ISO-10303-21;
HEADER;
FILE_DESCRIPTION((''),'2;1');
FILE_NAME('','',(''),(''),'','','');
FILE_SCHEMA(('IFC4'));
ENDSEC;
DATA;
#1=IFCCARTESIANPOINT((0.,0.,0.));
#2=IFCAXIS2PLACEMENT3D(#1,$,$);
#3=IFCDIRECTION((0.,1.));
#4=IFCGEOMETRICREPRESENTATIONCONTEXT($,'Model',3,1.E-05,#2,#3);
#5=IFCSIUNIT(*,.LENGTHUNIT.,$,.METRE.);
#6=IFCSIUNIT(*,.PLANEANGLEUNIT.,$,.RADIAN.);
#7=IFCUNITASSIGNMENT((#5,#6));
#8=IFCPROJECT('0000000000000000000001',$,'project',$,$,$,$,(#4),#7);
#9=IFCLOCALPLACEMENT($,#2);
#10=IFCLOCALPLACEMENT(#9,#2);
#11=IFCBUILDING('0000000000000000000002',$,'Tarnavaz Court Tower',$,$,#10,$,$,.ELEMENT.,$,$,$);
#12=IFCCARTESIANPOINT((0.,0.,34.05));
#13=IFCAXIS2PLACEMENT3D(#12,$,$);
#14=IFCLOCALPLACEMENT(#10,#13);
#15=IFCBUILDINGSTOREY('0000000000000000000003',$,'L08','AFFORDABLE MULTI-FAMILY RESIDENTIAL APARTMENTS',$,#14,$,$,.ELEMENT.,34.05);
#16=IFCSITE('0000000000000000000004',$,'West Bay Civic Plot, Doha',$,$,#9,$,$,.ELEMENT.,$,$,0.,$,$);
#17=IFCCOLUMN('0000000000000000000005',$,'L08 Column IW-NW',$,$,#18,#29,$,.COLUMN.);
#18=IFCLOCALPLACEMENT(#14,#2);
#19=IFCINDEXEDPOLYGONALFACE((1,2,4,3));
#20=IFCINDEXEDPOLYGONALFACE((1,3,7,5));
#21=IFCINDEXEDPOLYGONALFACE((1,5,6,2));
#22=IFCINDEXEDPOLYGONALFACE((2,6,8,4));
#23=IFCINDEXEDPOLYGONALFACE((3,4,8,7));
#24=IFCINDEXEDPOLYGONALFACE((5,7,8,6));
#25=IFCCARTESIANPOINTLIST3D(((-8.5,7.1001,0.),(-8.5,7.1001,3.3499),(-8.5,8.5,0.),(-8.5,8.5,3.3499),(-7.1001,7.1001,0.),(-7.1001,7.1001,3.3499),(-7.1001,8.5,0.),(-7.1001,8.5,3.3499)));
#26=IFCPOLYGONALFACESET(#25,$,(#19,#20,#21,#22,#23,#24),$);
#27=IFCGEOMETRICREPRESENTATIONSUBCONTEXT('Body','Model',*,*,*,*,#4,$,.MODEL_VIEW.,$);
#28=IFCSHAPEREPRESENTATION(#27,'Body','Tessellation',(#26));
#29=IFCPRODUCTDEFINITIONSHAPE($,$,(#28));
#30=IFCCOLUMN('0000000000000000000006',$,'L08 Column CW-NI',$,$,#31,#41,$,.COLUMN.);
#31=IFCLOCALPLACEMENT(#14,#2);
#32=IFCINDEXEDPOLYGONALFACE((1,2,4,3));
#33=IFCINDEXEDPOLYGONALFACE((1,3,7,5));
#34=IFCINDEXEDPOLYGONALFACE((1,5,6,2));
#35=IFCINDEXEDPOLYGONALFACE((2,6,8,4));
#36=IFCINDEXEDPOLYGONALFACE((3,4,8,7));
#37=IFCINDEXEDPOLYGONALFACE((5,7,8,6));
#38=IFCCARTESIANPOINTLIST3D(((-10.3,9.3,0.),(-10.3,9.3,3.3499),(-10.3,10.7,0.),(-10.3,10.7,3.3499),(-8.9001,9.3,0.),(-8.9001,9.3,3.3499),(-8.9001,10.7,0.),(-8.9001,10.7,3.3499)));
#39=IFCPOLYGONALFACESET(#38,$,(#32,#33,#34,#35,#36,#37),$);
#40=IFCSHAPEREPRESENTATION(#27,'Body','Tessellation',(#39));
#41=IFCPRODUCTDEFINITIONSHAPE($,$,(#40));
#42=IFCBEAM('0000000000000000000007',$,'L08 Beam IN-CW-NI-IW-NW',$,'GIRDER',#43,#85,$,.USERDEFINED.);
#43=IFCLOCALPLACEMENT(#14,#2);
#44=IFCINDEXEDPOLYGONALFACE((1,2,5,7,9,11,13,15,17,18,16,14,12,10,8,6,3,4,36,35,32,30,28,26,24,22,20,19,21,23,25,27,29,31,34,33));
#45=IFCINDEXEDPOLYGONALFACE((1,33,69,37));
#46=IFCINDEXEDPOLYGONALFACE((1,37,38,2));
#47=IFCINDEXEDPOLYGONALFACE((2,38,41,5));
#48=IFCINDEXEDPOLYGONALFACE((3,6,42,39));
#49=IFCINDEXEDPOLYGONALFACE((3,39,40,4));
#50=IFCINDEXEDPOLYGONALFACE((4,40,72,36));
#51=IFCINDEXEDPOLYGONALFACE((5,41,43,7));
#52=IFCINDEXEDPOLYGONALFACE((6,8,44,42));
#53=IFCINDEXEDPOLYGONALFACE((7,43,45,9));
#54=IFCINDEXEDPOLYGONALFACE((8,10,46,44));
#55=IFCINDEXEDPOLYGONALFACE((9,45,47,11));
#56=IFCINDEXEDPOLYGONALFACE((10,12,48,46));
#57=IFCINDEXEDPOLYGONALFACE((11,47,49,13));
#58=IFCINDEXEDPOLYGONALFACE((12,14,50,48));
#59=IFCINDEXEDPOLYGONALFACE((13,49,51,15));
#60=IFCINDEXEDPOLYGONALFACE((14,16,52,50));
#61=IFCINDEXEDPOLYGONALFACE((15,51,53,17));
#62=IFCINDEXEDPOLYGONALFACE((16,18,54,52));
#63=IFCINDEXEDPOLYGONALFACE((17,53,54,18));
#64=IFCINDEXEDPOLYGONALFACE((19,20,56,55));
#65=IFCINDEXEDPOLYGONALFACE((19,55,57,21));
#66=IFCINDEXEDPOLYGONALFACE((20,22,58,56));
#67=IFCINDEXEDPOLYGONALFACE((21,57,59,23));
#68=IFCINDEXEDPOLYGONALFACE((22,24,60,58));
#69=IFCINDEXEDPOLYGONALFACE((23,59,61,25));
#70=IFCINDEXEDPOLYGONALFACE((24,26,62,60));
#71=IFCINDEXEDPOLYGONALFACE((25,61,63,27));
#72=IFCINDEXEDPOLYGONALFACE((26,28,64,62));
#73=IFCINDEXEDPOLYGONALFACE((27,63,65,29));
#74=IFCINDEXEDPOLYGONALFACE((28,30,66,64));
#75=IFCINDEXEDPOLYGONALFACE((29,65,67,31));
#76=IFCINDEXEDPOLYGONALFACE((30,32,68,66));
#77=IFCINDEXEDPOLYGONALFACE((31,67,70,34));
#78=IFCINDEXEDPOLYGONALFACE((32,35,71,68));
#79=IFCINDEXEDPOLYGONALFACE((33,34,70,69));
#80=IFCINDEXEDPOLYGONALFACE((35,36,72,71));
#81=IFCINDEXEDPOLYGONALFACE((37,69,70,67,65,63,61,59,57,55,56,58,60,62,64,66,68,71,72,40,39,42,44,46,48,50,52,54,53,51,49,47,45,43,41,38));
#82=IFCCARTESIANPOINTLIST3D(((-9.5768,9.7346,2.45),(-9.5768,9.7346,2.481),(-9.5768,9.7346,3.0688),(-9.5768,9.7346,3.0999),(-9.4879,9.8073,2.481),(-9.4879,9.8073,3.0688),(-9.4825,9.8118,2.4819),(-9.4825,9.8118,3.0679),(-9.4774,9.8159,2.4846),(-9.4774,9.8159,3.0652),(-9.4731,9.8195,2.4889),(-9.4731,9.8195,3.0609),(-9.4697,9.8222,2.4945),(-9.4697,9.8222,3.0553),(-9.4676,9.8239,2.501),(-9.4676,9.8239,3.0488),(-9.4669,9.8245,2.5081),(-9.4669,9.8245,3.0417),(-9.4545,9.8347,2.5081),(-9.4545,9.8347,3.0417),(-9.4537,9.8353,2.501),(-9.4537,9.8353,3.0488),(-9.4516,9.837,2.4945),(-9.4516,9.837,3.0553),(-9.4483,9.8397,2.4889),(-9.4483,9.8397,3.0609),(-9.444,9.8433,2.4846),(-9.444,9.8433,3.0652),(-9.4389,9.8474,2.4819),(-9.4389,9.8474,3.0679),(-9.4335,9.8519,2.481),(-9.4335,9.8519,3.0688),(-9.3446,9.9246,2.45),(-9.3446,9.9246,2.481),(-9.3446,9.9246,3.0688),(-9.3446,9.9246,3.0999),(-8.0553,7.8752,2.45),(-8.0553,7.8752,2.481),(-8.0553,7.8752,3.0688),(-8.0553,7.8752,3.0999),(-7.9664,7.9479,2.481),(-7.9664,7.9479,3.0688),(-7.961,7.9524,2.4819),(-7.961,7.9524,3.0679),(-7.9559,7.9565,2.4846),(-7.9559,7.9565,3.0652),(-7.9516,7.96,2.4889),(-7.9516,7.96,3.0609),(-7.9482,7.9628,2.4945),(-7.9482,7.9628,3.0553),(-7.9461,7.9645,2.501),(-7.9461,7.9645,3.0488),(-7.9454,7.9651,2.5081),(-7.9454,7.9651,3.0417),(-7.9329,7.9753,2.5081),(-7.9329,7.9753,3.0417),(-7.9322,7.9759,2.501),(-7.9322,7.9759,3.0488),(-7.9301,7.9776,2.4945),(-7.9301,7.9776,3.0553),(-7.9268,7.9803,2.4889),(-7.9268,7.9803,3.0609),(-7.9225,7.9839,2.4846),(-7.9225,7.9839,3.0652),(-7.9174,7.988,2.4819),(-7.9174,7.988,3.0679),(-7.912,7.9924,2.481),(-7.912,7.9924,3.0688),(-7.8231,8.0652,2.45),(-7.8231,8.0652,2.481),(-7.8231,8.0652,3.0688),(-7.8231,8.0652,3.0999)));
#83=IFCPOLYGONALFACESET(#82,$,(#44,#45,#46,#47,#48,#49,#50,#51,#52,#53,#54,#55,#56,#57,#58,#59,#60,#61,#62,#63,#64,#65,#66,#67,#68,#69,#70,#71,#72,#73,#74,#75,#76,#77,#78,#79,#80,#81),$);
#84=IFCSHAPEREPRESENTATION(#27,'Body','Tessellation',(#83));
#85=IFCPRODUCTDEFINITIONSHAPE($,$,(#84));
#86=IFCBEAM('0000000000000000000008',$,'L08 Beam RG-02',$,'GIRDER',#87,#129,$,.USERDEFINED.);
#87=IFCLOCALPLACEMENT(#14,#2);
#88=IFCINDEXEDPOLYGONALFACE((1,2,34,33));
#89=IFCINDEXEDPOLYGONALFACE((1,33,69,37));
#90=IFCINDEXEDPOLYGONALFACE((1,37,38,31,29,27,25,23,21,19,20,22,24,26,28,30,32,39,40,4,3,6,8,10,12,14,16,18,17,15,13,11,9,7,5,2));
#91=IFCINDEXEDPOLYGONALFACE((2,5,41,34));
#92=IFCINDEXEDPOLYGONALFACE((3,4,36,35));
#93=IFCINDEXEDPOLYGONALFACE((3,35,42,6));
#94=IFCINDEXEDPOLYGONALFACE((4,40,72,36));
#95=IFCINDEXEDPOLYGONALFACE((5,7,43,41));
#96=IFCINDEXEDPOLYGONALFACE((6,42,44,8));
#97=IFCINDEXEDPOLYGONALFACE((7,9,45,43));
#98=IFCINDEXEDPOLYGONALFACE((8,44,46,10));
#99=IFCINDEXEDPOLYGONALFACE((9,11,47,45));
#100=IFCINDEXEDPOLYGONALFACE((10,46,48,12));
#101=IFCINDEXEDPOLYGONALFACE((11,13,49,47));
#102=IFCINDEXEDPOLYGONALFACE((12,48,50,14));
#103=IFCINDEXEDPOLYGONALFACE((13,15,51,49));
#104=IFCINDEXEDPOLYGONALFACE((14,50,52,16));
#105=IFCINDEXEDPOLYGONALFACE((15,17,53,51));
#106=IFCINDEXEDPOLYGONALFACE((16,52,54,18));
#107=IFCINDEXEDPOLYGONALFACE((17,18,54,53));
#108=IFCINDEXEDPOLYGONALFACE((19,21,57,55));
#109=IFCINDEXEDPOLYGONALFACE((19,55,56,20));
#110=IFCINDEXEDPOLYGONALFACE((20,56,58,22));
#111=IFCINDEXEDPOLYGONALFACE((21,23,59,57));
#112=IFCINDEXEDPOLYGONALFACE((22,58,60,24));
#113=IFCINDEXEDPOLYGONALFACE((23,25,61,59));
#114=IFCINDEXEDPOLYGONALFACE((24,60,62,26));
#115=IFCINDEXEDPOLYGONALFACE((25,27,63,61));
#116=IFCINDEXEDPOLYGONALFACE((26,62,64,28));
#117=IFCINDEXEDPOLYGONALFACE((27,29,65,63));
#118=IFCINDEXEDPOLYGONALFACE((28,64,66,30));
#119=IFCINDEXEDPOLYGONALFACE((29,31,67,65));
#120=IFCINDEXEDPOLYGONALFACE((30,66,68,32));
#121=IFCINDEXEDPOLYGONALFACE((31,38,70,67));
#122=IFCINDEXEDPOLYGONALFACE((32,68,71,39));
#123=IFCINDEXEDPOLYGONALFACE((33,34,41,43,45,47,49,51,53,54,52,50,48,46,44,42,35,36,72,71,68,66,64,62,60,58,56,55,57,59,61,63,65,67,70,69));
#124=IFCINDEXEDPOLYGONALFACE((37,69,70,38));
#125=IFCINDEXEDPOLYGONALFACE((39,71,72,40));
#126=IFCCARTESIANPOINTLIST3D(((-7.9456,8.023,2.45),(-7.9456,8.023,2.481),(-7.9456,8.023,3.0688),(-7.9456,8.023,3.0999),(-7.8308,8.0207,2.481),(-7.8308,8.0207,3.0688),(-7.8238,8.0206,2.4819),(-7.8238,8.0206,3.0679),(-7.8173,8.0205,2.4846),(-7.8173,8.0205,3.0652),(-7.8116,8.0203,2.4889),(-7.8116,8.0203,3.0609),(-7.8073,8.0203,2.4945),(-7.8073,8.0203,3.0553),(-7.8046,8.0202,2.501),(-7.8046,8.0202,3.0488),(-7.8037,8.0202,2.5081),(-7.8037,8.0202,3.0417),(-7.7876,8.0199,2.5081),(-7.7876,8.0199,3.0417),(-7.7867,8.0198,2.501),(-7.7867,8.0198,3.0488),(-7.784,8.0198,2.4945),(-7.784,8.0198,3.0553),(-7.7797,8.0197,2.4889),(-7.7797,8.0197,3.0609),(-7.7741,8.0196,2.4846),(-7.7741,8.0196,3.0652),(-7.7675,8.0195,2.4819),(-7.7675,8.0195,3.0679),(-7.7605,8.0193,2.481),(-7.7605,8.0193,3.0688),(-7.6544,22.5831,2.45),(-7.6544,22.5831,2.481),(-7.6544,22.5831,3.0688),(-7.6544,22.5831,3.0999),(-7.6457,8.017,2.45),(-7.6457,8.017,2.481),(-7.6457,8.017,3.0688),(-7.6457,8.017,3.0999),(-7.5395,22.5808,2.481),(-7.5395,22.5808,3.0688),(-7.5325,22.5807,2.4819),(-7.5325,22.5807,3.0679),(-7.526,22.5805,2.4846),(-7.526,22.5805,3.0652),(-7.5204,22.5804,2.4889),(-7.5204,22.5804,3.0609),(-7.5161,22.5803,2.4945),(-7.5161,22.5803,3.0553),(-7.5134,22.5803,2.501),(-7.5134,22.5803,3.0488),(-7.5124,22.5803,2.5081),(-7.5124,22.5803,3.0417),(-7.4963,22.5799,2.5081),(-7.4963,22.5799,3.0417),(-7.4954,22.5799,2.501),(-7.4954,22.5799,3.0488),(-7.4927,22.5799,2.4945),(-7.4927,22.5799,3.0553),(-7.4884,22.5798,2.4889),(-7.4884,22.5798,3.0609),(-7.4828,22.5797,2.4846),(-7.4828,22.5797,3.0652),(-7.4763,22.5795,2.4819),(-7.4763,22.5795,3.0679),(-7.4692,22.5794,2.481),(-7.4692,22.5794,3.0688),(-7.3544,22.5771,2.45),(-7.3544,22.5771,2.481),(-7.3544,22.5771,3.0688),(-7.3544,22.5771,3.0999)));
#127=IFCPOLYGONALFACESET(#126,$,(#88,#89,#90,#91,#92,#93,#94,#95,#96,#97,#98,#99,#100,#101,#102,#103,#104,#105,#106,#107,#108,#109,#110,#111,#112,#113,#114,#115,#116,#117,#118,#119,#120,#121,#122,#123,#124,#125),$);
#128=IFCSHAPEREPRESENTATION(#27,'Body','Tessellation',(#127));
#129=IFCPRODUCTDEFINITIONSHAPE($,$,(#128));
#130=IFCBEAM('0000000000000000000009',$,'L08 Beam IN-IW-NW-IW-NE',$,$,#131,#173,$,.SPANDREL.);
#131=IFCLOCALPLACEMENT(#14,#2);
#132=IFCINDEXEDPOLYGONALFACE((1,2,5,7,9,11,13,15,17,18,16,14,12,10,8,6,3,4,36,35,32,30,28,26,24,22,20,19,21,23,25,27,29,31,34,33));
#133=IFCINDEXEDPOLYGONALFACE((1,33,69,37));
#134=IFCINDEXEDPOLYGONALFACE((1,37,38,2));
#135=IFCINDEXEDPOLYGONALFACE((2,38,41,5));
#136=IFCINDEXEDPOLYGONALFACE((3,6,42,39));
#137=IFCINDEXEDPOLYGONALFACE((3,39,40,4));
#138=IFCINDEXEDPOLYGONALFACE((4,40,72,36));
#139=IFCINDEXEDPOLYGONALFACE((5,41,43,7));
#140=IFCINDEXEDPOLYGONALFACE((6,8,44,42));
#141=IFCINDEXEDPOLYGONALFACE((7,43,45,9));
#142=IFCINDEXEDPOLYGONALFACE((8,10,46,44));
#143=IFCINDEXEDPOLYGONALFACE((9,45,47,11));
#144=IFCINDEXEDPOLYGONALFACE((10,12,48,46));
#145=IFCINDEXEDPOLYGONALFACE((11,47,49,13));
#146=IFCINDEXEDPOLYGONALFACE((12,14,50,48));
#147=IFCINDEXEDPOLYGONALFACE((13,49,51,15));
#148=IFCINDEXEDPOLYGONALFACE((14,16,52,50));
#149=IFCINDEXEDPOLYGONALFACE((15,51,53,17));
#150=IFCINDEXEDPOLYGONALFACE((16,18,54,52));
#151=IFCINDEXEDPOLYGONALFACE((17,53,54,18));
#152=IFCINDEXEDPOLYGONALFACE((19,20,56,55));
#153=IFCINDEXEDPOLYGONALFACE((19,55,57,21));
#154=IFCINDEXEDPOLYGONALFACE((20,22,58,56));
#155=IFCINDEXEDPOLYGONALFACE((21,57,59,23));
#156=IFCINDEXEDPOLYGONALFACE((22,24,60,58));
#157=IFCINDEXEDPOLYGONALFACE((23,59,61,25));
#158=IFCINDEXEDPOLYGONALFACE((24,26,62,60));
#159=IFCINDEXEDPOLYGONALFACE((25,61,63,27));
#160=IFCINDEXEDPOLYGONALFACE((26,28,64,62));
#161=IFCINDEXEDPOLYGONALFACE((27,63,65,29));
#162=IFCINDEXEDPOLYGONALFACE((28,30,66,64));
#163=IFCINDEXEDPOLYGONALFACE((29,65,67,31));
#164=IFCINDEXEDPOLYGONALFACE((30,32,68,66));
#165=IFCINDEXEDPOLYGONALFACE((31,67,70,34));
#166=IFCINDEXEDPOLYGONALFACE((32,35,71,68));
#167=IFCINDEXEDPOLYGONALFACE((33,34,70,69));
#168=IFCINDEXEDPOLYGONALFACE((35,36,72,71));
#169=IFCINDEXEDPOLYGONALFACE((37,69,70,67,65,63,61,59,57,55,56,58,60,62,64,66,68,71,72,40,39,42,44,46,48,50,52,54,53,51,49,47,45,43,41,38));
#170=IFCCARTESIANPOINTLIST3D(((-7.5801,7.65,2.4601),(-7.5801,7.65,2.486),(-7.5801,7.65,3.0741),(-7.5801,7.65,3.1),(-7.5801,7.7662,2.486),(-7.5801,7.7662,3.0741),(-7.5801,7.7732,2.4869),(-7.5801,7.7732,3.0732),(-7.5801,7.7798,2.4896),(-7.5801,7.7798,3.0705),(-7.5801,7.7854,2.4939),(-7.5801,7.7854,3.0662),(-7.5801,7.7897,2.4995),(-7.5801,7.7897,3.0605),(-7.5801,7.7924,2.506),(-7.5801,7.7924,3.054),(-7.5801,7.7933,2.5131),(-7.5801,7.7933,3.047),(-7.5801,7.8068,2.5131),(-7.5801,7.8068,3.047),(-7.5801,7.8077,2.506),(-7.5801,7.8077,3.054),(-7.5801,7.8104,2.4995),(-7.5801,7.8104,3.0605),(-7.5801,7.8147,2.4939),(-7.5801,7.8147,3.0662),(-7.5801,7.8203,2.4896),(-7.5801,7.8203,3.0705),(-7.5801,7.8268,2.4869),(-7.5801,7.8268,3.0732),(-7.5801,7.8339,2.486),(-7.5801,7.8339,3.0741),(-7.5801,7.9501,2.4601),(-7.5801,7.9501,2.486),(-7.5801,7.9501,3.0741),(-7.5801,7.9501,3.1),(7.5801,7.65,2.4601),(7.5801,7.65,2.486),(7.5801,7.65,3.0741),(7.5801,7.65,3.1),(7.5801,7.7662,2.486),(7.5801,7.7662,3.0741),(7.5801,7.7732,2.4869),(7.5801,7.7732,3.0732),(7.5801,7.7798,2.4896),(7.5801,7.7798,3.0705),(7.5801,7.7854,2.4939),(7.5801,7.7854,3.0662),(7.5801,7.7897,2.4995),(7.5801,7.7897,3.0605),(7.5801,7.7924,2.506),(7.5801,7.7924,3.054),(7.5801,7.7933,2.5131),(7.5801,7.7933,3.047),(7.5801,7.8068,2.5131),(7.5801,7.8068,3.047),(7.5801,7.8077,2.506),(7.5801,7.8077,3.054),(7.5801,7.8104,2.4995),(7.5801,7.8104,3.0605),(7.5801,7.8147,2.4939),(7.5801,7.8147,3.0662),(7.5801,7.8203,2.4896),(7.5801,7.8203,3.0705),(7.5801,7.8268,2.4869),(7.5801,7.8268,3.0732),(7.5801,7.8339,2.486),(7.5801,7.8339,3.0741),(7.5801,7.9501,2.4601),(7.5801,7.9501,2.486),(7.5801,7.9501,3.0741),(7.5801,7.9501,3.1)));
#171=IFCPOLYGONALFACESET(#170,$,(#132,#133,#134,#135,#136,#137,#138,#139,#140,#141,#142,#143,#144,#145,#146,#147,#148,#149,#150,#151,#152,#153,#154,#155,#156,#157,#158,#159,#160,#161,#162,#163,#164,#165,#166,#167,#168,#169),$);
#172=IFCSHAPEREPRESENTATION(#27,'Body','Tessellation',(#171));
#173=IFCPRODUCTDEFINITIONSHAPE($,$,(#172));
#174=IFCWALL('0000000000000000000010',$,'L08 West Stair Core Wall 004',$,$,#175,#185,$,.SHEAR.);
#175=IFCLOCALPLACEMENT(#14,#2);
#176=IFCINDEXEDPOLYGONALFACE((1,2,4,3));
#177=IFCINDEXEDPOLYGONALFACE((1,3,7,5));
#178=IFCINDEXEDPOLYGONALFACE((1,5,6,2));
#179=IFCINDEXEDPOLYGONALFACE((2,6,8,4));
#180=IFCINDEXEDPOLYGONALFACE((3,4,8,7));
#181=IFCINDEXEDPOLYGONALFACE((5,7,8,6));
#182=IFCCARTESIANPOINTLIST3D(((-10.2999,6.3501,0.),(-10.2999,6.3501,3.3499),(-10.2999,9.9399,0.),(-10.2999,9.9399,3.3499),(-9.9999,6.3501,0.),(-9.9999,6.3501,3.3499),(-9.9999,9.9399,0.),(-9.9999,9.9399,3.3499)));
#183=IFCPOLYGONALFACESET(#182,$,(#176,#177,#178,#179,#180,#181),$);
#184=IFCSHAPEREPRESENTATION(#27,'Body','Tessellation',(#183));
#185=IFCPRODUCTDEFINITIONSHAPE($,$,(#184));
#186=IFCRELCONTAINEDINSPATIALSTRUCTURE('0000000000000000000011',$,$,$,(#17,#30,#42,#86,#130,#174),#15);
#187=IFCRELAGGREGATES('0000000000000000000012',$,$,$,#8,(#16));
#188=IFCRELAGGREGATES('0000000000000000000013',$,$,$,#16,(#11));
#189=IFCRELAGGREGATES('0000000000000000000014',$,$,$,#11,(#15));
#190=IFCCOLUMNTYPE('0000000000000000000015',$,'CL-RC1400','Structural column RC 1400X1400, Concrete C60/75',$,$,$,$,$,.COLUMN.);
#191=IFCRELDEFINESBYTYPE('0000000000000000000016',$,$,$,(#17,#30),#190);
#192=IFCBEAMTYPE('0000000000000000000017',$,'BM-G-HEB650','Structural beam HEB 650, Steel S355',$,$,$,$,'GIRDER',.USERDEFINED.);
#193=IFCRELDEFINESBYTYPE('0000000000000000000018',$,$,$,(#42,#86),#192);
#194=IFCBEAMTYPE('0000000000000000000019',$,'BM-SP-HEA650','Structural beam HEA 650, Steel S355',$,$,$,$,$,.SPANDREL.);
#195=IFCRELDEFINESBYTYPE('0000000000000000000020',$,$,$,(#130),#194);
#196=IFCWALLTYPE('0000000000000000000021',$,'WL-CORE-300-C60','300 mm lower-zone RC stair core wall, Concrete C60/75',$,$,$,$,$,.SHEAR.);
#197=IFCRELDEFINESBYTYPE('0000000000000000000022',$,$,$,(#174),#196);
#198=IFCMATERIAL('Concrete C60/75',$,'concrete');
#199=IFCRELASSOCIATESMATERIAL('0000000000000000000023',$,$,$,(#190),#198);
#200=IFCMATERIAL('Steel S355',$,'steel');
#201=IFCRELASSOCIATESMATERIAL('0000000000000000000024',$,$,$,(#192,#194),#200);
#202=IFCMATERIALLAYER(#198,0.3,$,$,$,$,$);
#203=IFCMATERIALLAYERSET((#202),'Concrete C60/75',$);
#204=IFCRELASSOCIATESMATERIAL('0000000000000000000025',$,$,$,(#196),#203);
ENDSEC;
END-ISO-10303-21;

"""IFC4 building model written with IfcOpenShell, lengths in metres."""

from ifc_helpers import new_model, si_unit, direction, frame, frame_2d, origin, origin_2d, place, context, subcontext, project, spatial, rectangle, i_section, extrude, material, layer, layer_set, material_profile, profile_set, type_object, element, save


model = new_model("IFC4")

# Units and contexts
model_context = context("Model", 3, precision=1e-05, world=origin(), true_north=direction((0.0, 1.0)))
body_context = subcontext(model_context, "Body", "Model", "MODEL_VIEW")
ifc_project = project(units=[si_unit("LENGTHUNIT", "METRE"), si_unit("PLANEANGLEUNIT", "RADIAN")], contexts=[model_context])

# Site, building, storey
site_placement = place(None, origin())
site = spatial("IfcSite", under=ifc_project, at=site_placement, Name="West Bay Civic Plot, Doha", CompositionType="ELEMENT", RefElevation=0.0)
building_placement = place(site_placement, origin())
building = spatial("IfcBuilding", under=site, at=building_placement, Name="Tarnavaz Court Tower", CompositionType="ELEMENT")
storey_placement = place(building_placement, frame((0.0, 0.0, 34.05)))
storey = spatial("IfcBuildingStorey", under=building, at=storey_placement, Name="L08", Description="AFFORDABLE MULTI-FAMILY RESIDENTIAL APARTMENTS", CompositionType="ELEMENT", Elevation=34.05)

# Columns
ifc_material_1 = material(Name="Concrete C60/75", Category="concrete")
ifc_material_profile_1 = material_profile(ifc_material_1, rectangle(XDim=1.3999, YDim=1.3999, at=origin_2d()), Name="RC 1400X1400")
ifc_profile_set_1 = profile_set([ifc_material_profile_1], Name="Concrete C60/75")
column_type = type_object("IfcColumnType", Name="CL-RC1400", Description="Structural column RC 1400X1400, Concrete C60/75", PredefinedType="COLUMN", material=ifc_profile_set_1)
for number, where, z_axis, x_axis, name in (
    (1, (-7.8, 7.8, 0.0), (0.0, 0.0, 1.0), (1.0, 0.0, 0.0), "L08 Column IW-NW"),
    (2, (-9.6001, 10.0, 0.0), (0.0, 0.0, 1.0), (1.0, 0.0, 0.0), "L08 Column CW-NI"),
):
    element("IfcColumn", number, at=place(storey_placement, frame(where, z_axis=z_axis, x_axis=x_axis)), inside=storey, type_object=column_type, Name=name, PredefinedType="COLUMN", context=body_context, shape_type="SweptSolid", body=[
        extrude(rectangle(XDim=1.3999, YDim=1.3999, at=origin_2d()), origin(), (0.0, 0.0, 1.0), 3.3499),
    ])

# Beams
ifc_material_2 = material(Name="Steel S355", Category="steel")
ifc_material_profile_2 = material_profile(ifc_material_2, i_section(OverallWidth=0.3, OverallDepth=0.6499, WebThickness=0.0161, FlangeThickness=0.031, FilletRadius=0.0271, at=origin_2d()), Name="HEB 650")
ifc_profile_set_2 = profile_set([ifc_material_profile_2], Name="Steel S355")
beam_type_1 = type_object("IfcBeamType", Name="BM-G-HEB650", Description="Structural beam HEB 650, Steel S355", ElementType="GIRDER", PredefinedType="USERDEFINED", material=ifc_profile_set_2)
beam_1_placement = place(storey_placement, frame((-9.4607, 9.8296, 2.7749), z_axis=(0.633282, -0.773921, 0.0), x_axis=(0.773921, 0.633282, 0.0)))
element("IfcBeam", 3, at=beam_1_placement, inside=storey, type_object=beam_type_1, Name="L08 Beam IN-CW-NI-IW-NW", ObjectType="GIRDER", PredefinedType="USERDEFINED", context=body_context, shape_type="SweptSolid", body=[
    extrude(i_section(OverallWidth=0.3, OverallDepth=0.6499, WebThickness=0.0161, FlangeThickness=0.031, FilletRadius=0.0271, at=origin_2d()), origin(), (0.0, 0.0, 1.0), 2.4026),
])
beam_2_placement = place(storey_placement, frame((-7.7957, 8.02, 2.7749), z_axis=(0.02, 0.9998, 0.0), x_axis=(-0.9998, 0.02, 0.0)))
element("IfcBeam", 4, at=beam_2_placement, inside=storey, type_object=beam_type_1, Name="L08 Beam RG-02", ObjectType="GIRDER", PredefinedType="USERDEFINED", context=body_context, shape_type="SweptSolid", body=[
    extrude(i_section(OverallWidth=0.3, OverallDepth=0.6499, WebThickness=0.0161, FlangeThickness=0.031, FilletRadius=0.0271, at=origin_2d()), origin(), (0.0, 0.0, 1.0), 14.563),
])
ifc_material_profile_3 = material_profile(ifc_material_2, i_section(OverallWidth=0.3, OverallDepth=0.6399, WebThickness=0.0134, FlangeThickness=0.0259, FilletRadius=0.0271, at=origin_2d()), Name="HEA 650")
ifc_profile_set_3 = profile_set([ifc_material_profile_3], Name="Steel S355")
beam_type_2 = type_object("IfcBeamType", Name="BM-SP-HEA650", Description="Structural beam HEA 650, Steel S355", PredefinedType="SPANDREL", material=ifc_profile_set_3)
beam_3_placement = place(storey_placement, frame((-7.5801, 7.8, 2.78), z_axis=(1.0, 0.0, 0.0), x_axis=(0.0, 1.0, 0.0)))
element("IfcBeam", 5, at=beam_3_placement, inside=storey, type_object=beam_type_2, Name="L08 Beam IN-IW-NW-IW-NE", PredefinedType="SPANDREL", context=body_context, shape_type="SweptSolid", body=[
    extrude(i_section(OverallWidth=0.3, OverallDepth=0.6399, WebThickness=0.0134, FlangeThickness=0.0259, FilletRadius=0.0271, at=origin_2d()), origin(), (0.0, 0.0, 1.0), 15.1602),
])

# Wall
ifc_layer_1 = layer(ifc_material_1, 0.3)
ifc_layer_set_1 = layer_set([ifc_layer_1], Name="Concrete C60/75")
wall_type_1 = type_object("IfcWallType", Name="WL-CORE-300-C60", Description="300 mm lower-zone RC stair core wall, Concrete C60/75", PredefinedType="SHEAR", material=ifc_layer_set_1)
wall_1_placement = place(storey_placement, frame((-10.1499, 6.3501, 0.0), z_axis=(0.0, 0.0, 1.0), x_axis=(0.0, 1.0, 0.0)))
element("IfcWall", 6, at=wall_1_placement, inside=storey, type_object=wall_type_1, Name="L08 West Stair Core Wall 004", PredefinedType="SHEAR", context=body_context, shape_type="SweptSolid", body=[
    extrude(rectangle(XDim=3.5898, YDim=0.3, at=frame_2d((1.7949, 0.0))), origin(), (0.0, 0.0, 1.0), 3.3499),
])

save(model, "model.ifc")
